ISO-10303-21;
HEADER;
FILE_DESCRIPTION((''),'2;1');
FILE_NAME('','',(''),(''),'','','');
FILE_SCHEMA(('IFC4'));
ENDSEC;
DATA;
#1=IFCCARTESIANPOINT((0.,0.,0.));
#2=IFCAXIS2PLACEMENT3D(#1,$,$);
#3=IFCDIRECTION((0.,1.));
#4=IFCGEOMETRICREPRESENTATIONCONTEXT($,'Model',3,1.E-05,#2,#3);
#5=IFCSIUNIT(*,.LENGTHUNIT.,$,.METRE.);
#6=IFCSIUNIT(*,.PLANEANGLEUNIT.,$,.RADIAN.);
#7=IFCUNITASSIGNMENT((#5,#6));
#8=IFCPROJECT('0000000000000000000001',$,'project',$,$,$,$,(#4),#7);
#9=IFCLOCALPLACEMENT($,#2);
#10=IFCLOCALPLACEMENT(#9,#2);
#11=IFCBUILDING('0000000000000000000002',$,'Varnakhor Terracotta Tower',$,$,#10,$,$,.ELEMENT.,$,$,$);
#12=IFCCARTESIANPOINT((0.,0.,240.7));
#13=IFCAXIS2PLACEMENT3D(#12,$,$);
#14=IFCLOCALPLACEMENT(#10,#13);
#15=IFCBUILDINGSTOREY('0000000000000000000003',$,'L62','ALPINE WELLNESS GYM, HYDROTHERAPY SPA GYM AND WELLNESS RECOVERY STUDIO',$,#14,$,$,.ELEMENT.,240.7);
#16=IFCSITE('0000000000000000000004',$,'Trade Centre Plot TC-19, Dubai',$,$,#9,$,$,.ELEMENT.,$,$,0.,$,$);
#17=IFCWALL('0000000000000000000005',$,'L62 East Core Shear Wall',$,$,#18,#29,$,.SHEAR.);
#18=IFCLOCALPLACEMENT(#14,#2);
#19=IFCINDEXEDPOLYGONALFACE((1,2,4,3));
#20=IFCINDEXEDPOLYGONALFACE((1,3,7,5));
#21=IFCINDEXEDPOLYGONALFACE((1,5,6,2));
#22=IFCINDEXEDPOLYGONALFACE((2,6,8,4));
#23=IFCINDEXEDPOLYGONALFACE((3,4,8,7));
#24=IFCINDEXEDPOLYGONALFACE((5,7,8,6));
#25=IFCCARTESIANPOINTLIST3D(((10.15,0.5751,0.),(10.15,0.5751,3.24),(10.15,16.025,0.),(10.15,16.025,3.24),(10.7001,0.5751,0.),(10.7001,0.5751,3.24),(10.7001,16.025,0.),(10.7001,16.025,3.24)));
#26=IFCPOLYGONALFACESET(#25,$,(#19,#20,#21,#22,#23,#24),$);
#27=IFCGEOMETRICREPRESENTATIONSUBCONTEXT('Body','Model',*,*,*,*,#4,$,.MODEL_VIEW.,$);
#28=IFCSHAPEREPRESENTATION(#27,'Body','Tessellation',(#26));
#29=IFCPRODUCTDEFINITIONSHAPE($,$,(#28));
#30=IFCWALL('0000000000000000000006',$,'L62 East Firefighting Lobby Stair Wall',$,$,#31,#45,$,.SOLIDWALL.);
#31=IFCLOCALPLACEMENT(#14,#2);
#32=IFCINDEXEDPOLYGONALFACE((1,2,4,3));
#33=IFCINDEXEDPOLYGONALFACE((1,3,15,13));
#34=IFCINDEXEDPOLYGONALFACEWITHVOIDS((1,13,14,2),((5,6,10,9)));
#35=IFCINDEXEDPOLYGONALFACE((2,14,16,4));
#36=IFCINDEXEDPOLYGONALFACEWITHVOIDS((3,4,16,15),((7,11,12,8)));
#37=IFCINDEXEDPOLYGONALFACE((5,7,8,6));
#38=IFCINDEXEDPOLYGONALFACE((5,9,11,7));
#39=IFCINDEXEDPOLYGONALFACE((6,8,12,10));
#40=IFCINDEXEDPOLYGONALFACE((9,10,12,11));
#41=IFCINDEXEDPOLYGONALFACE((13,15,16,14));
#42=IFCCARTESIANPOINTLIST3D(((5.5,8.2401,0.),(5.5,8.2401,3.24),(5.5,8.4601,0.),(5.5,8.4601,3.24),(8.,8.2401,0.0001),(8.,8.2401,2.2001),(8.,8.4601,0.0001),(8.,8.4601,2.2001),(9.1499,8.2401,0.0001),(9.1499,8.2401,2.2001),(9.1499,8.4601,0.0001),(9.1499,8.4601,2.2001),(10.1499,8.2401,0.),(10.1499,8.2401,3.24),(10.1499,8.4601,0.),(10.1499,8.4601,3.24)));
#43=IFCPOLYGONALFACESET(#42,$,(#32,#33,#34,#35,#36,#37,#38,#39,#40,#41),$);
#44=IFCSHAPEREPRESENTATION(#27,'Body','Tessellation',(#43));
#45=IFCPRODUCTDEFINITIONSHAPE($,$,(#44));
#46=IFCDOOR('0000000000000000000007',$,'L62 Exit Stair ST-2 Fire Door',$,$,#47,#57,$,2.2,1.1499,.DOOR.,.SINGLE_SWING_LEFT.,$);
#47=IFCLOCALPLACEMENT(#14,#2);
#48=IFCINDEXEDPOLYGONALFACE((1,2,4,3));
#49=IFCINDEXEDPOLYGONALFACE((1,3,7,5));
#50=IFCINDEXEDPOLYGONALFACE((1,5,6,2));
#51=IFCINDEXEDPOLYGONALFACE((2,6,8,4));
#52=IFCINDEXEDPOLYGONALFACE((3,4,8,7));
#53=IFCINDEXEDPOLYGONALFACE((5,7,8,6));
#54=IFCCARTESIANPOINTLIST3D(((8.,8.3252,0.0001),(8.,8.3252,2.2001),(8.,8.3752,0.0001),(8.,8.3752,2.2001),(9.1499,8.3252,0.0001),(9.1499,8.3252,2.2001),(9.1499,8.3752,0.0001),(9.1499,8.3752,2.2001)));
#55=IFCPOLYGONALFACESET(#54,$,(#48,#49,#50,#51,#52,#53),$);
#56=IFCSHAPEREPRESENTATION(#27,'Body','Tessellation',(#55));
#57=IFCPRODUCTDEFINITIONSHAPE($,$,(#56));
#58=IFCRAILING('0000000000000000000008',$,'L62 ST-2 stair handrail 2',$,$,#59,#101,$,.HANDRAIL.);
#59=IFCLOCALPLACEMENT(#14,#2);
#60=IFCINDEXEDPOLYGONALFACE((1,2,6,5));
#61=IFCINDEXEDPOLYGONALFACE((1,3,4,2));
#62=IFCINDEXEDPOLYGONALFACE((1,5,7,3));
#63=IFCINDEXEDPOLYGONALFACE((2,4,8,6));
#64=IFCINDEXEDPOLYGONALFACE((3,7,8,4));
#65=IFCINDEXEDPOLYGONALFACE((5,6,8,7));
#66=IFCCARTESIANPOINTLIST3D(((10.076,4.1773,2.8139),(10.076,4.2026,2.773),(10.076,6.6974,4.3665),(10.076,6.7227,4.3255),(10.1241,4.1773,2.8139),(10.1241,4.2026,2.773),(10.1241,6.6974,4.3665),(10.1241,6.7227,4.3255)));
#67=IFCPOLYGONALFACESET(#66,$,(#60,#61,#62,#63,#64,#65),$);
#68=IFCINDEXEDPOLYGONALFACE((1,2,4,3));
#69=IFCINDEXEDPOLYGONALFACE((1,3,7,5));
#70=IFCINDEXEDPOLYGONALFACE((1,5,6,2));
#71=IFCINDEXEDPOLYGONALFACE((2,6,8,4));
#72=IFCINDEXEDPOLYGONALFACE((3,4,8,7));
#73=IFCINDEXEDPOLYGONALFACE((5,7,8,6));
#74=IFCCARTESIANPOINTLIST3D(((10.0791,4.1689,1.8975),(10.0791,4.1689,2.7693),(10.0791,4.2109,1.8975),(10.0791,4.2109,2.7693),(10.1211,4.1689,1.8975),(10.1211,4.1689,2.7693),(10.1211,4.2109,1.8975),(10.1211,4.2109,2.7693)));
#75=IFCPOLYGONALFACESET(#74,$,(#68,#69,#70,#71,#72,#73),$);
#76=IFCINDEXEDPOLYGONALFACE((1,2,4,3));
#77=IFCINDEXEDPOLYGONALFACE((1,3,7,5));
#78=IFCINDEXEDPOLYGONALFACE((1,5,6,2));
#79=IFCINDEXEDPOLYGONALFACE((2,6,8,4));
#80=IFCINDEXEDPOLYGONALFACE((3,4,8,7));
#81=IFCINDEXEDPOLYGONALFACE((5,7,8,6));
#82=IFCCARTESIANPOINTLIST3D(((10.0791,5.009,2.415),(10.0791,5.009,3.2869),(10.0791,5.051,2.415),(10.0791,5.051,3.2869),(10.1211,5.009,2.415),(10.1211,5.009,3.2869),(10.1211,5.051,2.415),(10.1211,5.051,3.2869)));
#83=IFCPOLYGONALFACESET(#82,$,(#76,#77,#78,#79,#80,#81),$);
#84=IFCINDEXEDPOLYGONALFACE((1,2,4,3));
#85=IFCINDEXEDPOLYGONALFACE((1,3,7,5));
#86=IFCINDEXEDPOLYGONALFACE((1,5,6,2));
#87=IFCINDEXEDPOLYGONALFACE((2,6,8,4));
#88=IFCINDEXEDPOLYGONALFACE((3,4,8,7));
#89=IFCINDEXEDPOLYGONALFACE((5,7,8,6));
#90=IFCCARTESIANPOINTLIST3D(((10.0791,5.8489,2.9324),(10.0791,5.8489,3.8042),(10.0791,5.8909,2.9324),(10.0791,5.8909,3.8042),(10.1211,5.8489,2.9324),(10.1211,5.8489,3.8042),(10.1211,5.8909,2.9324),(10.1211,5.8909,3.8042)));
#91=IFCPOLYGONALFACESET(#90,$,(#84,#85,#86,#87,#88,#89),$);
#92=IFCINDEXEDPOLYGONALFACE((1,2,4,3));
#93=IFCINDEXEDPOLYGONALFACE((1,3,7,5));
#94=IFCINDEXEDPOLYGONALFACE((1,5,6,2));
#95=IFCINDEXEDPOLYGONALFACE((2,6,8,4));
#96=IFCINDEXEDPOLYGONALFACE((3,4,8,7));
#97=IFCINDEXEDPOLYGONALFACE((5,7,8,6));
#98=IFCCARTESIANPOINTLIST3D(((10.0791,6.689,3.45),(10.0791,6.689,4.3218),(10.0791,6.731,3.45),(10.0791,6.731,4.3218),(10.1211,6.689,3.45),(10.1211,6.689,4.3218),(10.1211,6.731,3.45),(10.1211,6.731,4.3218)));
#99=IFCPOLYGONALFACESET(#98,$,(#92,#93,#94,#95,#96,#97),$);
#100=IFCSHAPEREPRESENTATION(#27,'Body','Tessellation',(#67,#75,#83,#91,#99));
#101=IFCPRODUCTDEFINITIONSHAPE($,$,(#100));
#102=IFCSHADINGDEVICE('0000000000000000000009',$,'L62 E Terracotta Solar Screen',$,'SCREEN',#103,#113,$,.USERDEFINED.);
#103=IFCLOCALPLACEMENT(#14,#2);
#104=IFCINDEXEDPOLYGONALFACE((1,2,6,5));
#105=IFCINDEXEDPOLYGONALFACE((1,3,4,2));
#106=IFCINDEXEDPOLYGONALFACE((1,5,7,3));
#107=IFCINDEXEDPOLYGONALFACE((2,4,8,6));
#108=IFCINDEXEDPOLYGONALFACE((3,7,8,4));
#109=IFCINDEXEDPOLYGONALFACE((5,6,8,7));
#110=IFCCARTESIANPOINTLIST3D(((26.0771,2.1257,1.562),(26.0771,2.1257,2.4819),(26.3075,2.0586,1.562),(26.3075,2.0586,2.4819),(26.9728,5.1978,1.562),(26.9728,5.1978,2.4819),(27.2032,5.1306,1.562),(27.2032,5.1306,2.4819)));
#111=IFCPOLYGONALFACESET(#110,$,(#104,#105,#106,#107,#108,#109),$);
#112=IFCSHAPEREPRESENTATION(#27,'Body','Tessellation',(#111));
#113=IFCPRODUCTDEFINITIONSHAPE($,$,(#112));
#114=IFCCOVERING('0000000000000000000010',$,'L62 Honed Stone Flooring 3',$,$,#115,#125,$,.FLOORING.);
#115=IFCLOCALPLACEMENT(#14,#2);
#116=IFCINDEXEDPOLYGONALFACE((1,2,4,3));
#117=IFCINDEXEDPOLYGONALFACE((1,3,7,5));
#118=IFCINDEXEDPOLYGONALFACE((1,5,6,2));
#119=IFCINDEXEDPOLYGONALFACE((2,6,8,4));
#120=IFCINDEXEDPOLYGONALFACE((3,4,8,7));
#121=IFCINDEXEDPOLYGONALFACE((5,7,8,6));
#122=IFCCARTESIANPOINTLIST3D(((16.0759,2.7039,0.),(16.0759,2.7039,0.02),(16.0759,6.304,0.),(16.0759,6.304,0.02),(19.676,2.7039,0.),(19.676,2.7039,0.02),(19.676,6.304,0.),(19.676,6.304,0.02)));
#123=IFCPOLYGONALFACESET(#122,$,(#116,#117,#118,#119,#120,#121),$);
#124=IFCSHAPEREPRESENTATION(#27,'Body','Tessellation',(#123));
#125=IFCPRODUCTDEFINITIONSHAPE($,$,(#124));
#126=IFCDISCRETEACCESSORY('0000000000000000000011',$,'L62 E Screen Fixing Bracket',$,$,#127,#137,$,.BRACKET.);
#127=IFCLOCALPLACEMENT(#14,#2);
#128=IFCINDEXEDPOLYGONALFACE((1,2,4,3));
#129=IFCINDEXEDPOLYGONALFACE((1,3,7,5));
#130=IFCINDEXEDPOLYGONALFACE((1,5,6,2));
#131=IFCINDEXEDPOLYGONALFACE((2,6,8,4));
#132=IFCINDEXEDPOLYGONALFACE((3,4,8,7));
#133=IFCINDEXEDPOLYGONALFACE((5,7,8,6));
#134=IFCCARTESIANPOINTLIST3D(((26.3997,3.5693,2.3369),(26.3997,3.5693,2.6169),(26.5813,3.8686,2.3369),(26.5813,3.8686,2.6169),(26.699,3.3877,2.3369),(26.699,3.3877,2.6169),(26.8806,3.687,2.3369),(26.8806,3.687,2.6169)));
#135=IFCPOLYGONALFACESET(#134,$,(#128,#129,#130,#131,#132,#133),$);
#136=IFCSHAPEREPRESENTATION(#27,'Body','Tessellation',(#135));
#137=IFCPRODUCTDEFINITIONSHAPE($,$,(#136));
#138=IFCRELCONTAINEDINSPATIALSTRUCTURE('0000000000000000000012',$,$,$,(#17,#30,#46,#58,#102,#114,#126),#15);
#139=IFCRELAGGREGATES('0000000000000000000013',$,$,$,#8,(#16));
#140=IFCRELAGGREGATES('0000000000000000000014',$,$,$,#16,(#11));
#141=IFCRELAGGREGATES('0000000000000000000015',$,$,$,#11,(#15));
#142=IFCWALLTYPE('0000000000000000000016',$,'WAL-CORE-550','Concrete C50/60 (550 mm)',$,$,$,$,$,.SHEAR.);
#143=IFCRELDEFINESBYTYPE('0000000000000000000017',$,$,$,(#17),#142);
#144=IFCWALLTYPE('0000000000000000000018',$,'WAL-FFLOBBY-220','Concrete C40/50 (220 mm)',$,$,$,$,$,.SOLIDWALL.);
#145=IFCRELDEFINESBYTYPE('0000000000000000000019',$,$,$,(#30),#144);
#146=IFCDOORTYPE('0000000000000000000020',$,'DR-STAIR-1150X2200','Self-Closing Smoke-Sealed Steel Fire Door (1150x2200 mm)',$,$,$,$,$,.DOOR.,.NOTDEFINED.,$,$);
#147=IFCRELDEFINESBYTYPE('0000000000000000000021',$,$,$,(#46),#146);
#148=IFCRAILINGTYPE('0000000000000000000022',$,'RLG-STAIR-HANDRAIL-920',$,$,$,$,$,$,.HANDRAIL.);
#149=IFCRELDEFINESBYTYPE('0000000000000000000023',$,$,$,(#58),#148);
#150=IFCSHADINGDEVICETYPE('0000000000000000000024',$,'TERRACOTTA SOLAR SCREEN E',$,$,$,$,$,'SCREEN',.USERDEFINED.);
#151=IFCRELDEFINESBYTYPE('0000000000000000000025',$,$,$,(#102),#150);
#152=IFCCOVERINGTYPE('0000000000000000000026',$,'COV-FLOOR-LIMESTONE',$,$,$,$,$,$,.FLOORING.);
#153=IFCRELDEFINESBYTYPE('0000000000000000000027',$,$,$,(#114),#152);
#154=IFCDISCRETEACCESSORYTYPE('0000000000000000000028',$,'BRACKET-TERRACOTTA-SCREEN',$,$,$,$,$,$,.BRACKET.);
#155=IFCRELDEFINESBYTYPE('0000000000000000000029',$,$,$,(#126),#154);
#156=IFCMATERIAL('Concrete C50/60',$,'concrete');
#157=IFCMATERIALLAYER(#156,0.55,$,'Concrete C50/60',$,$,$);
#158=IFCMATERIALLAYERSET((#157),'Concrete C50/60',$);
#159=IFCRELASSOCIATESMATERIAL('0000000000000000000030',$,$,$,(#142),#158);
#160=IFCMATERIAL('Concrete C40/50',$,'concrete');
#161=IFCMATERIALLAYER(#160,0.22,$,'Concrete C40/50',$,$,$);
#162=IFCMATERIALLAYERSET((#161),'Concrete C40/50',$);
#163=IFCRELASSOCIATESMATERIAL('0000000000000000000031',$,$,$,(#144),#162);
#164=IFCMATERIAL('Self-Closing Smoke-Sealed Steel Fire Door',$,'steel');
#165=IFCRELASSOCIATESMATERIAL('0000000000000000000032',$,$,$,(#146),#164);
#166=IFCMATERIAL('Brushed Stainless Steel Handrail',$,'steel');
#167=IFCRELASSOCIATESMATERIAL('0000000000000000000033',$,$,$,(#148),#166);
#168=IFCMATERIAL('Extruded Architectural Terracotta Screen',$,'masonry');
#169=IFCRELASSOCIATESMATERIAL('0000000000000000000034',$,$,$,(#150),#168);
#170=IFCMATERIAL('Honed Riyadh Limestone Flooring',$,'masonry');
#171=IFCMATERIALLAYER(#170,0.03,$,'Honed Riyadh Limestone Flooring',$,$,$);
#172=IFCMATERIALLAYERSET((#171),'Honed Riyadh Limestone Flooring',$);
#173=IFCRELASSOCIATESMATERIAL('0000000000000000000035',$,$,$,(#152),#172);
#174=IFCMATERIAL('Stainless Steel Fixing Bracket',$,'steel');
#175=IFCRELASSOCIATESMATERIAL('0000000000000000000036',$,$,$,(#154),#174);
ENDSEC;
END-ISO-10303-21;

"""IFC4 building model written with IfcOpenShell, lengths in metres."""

from ifc_helpers import new_model, si_unit, direction, frame, frame_2d, origin, origin_2d, place, context, subcontext, project, spatial, rectangle, extrude, source, transform, mapped, material, layer, layer_set, type_object, type_shapes, element, fill, save


model = new_model("IFC4")

# Units and contexts
model_context = context("Model", 3, precision=1e-05, world=origin(), true_north=direction((0.0, 1.0)))
body_context = subcontext(model_context, "Body", "Model", "MODEL_VIEW")
ifc_project = project(units=[si_unit("LENGTHUNIT", "METRE"), si_unit("PLANEANGLEUNIT", "RADIAN")], contexts=[model_context])

# Site, building, storey
site_placement = place(None, origin())
site = spatial("IfcSite", under=ifc_project, at=site_placement, Name="Trade Centre Plot TC-19, Dubai", CompositionType="ELEMENT", RefElevation=0.0)
building_placement = place(site_placement, origin())
building = spatial("IfcBuilding", under=site, at=building_placement, Name="Varnakhor Terracotta Tower", CompositionType="ELEMENT")
storey_placement = place(building_placement, frame((0.0, 0.0, 240.7)))
storey = spatial("IfcBuildingStorey", under=building, at=storey_placement, Name="L62", Description="ALPINE WELLNESS GYM, HYDROTHERAPY SPA GYM AND WELLNESS RECOVERY STUDIO", CompositionType="ELEMENT", Elevation=240.7)

# Shared definitions
ifc_material_1 = material(Name="Concrete C50/60", Category="concrete")

# Wall
ifc_layer_1 = layer(ifc_material_1, 0.55, Name="Concrete C50/60")
ifc_layer_set_1 = layer_set([ifc_layer_1], Name="Concrete C50/60")
wall_type_1 = type_object("IfcWallType", Name="WAL-CORE-550", Description="Concrete C50/60 (550 mm)", PredefinedType="SHEAR", material=ifc_layer_set_1)
wall_1_placement = place(storey_placement, frame((10.425, 0.575, 0.0), z_axis=(0.0, 0.0, 1.0), x_axis=(0.0, 1.0, 0.0)))
element("IfcWall", 1, at=wall_1_placement, inside=storey, type_object=wall_type_1, Name="L62 East Core Shear Wall", PredefinedType="SHEAR", context=body_context, shape_type="SweptSolid", body=[
    extrude(rectangle(XDim=15.45, YDim=0.55, at=frame_2d((7.7251, 0.0))), origin(), (0.0, 0.0, 1.0), 3.24),
])

# Wall, opening, door
ifc_material_2 = material(Name="Concrete C40/50", Category="concrete")
ifc_layer_2 = layer(ifc_material_2, 0.22, Name="Concrete C40/50")
ifc_layer_set_2 = layer_set([ifc_layer_2], Name="Concrete C40/50")
wall_type_2 = type_object("IfcWallType", Name="WAL-FFLOBBY-220", Description="Concrete C40/50 (220 mm)", PredefinedType="SOLIDWALL", material=ifc_layer_set_2)
wall_2_placement = place(storey_placement, frame((10.1499, 8.3501, 0.0), z_axis=(0.0, 0.0, 1.0), x_axis=(-1.0, 0.0, 0.0)))
wall_2 = element("IfcWall", 2, at=wall_2_placement, inside=storey, type_object=wall_type_2, Name="L62 East Firefighting Lobby Stair Wall", PredefinedType="SOLIDWALL", context=body_context, shape_type="SweptSolid", body=[
    extrude(rectangle(XDim=4.6499, YDim=0.22, at=frame_2d((2.325, 0.0))), origin(), (0.0, 0.0, 1.0), 3.24),
])
opening_placement = place(wall_2_placement, frame((1.0, 0.0, 0.0)))
opening = element("IfcOpeningElement", 3, at=opening_placement, cuts=wall_2, PredefinedType="OPENING", context=body_context, shape_type="SweptSolid", body=[
    extrude(rectangle(XDim=1.1499, YDim=2.2, at=frame_2d((0.575, 1.1001))), frame((0.0, 0.1201, 0.0), z_axis=(0.0, -1.0, 0.0), x_axis=(1.0, 0.0, 0.0)), (0.0, 0.0, 1.0), 0.24),
])
ifc_material_3 = material(Name="Self-Closing Smoke-Sealed Steel Fire Door", Category="steel")
door_type = type_object("IfcDoorType", Name="DR-STAIR-1150X2200", Description="Self-Closing Smoke-Sealed Steel Fire Door (1150x2200 mm)", OperationType="NOTDEFINED", PredefinedType="DOOR", material=ifc_material_3)
shared_shape_1 = source(origin(), body_context, "Body", "SweptSolid", [
    extrude(rectangle(XDim=1.1499, YDim=2.2, at=frame_2d((0.575, 1.1001))), frame((0.0, 0.0249, 0.0), z_axis=(0.0, -1.0, 0.0), x_axis=(1.0, 0.0, 0.0)), (0.0, 0.0, 1.0), 0.05),
])
type_shapes(door_type, [shared_shape_1])
door_placement = place(opening_placement, origin())
door = element("IfcDoor", 4, at=door_placement, inside=storey, type_object=door_type, Name="L62 Exit Stair ST-2 Fire Door", OperationType="SINGLE_SWING_LEFT", OverallHeight=2.2, OverallWidth=1.1499, PredefinedType="DOOR", context=body_context, shape_type="MappedRepresentation", body=[
    mapped(shared_shape_1, transform((0.0, 0.0, 0.0), scale=1.0)),
])
fill(opening, door)

# Railing
ifc_material_4 = material(Name="Brushed Stainless Steel Handrail", Category="steel")
railing_type = type_object("IfcRailingType", Name="RLG-STAIR-HANDRAIL-920", PredefinedType="HANDRAIL", material=ifc_material_4)
railing_placement = place(storey_placement, frame((10.1001, 4.1899, 1.8975)))
element("IfcRailing", 5, at=railing_placement, inside=storey, type_object=railing_type, Name="L62 ST-2 stair handrail 2", PredefinedType="HANDRAIL", context=body_context, shape_type="SweptSolid", body=[
    extrude(rectangle(XDim=0.0481, YDim=0.0481, at=origin_2d()), frame((0.0, 0.0, 0.896), z_axis=(0.0, 0.8514, 0.524516), x_axis=(-1.0, 0.0, 0.0)), (0.0, 0.0, 1.0), 2.96),
    extrude(rectangle(XDim=0.042, YDim=0.042, at=origin_2d()), origin(), (0.0, 0.0, 1.0), 0.8718),
    extrude(rectangle(XDim=0.042, YDim=0.042, at=origin_2d()), frame((0.0, 0.8401, 0.5176)), (0.0, 0.0, 1.0), 0.8718),
    extrude(rectangle(XDim=0.042, YDim=0.042, at=origin_2d()), frame((0.0, 1.6799, 1.0349)), (0.0, 0.0, 1.0), 0.8718),
    extrude(rectangle(XDim=0.042, YDim=0.042, at=origin_2d()), frame((0.0, 2.52, 1.5525)), (0.0, 0.0, 1.0), 0.8718),
])

# Shading device
ifc_material_5 = material(Name="Extruded Architectural Terracotta Screen", Category="masonry")
shading_device_type = type_object("IfcShadingDeviceType", Name="TERRACOTTA SOLAR SCREEN E", ElementType="SCREEN", PredefinedType="USERDEFINED", material=ifc_material_5)
shared_shape_2 = source(origin(), body_context, "Body", "SweptSolid", [
    extrude(rectangle(XDim=3.2, YDim=0.24, at=origin_2d()), origin(), (0.0, 0.0, 1.0), 0.9199),
])
type_shapes(shading_device_type, [shared_shape_2])
shading_device_placement = place(storey_placement, frame((26.6401, 3.6282, 1.562), z_axis=(0.0, 0.0, 1.0), x_axis=(0.279896, 0.96003, 0.0)))
element("IfcShadingDevice", 6, at=shading_device_placement, inside=storey, type_object=shading_device_type, Name="L62 E Terracotta Solar Screen", ObjectType="SCREEN", PredefinedType="USERDEFINED", context=body_context, shape_type="MappedRepresentation", body=[
    mapped(shared_shape_2, transform((0.0, 0.0, 0.0), scale=1.0)),
])

# Covering
ifc_material_6 = material(Name="Honed Riyadh Limestone Flooring", Category="masonry")
ifc_layer_3 = layer(ifc_material_6, 0.03, Name="Honed Riyadh Limestone Flooring")
ifc_layer_set_3 = layer_set([ifc_layer_3], Name="Honed Riyadh Limestone Flooring")
covering_type = type_object("IfcCoveringType", Name="COV-FLOOR-LIMESTONE", PredefinedType="FLOORING", material=ifc_layer_set_3)
shared_shape_3 = source(origin(), body_context, "Body", "SweptSolid", [
    extrude(rectangle(XDim=3.6001, YDim=3.6001, at=origin_2d()), origin(), (0.0, 0.0, 1.0), 0.02),
])
covering_placement = place(storey_placement, frame((17.876, 4.5039, 0.0), z_axis=(0.0, 0.0, 1.0), x_axis=(1.0, 0.0, 0.0)))
element("IfcCovering", 7, at=covering_placement, inside=storey, type_object=covering_type, Name="L62 Honed Stone Flooring 3", PredefinedType="FLOORING", context=body_context, shape_type="MappedRepresentation", body=[
    mapped(shared_shape_3, transform((0.0, 0.0, 0.0), scale=1.0)),
])

# Discrete accessory
ifc_material_7 = material(Name="Stainless Steel Fixing Bracket", Category="steel")
discrete_accessory_type = type_object("IfcDiscreteAccessoryType", Name="BRACKET-TERRACOTTA-SCREEN", PredefinedType="BRACKET", material=ifc_material_7)
shared_shape_4 = source(origin(), body_context, "Body", "SweptSolid", [
    extrude(rectangle(XDim=0.3501, YDim=0.3501, at=origin_2d()), origin(), (0.0, 0.0, 1.0), 0.28),
])
type_shapes(discrete_accessory_type, [shared_shape_4])
discrete_accessory_placement = place(storey_placement, frame((26.6401, 3.6282, 2.3369), z_axis=(0.0, 0.0, 1.0), x_axis=(0.518833, 0.854876, 0.0)))
element("IfcDiscreteAccessory", 8, at=discrete_accessory_placement, inside=storey, type_object=discrete_accessory_type, Name="L62 E Screen Fixing Bracket", PredefinedType="BRACKET", context=body_context, shape_type="MappedRepresentation", body=[
    mapped(shared_shape_4, transform((0.0, 0.0, 0.0), scale=1.0)),
])

save(model, "model.ifc")
